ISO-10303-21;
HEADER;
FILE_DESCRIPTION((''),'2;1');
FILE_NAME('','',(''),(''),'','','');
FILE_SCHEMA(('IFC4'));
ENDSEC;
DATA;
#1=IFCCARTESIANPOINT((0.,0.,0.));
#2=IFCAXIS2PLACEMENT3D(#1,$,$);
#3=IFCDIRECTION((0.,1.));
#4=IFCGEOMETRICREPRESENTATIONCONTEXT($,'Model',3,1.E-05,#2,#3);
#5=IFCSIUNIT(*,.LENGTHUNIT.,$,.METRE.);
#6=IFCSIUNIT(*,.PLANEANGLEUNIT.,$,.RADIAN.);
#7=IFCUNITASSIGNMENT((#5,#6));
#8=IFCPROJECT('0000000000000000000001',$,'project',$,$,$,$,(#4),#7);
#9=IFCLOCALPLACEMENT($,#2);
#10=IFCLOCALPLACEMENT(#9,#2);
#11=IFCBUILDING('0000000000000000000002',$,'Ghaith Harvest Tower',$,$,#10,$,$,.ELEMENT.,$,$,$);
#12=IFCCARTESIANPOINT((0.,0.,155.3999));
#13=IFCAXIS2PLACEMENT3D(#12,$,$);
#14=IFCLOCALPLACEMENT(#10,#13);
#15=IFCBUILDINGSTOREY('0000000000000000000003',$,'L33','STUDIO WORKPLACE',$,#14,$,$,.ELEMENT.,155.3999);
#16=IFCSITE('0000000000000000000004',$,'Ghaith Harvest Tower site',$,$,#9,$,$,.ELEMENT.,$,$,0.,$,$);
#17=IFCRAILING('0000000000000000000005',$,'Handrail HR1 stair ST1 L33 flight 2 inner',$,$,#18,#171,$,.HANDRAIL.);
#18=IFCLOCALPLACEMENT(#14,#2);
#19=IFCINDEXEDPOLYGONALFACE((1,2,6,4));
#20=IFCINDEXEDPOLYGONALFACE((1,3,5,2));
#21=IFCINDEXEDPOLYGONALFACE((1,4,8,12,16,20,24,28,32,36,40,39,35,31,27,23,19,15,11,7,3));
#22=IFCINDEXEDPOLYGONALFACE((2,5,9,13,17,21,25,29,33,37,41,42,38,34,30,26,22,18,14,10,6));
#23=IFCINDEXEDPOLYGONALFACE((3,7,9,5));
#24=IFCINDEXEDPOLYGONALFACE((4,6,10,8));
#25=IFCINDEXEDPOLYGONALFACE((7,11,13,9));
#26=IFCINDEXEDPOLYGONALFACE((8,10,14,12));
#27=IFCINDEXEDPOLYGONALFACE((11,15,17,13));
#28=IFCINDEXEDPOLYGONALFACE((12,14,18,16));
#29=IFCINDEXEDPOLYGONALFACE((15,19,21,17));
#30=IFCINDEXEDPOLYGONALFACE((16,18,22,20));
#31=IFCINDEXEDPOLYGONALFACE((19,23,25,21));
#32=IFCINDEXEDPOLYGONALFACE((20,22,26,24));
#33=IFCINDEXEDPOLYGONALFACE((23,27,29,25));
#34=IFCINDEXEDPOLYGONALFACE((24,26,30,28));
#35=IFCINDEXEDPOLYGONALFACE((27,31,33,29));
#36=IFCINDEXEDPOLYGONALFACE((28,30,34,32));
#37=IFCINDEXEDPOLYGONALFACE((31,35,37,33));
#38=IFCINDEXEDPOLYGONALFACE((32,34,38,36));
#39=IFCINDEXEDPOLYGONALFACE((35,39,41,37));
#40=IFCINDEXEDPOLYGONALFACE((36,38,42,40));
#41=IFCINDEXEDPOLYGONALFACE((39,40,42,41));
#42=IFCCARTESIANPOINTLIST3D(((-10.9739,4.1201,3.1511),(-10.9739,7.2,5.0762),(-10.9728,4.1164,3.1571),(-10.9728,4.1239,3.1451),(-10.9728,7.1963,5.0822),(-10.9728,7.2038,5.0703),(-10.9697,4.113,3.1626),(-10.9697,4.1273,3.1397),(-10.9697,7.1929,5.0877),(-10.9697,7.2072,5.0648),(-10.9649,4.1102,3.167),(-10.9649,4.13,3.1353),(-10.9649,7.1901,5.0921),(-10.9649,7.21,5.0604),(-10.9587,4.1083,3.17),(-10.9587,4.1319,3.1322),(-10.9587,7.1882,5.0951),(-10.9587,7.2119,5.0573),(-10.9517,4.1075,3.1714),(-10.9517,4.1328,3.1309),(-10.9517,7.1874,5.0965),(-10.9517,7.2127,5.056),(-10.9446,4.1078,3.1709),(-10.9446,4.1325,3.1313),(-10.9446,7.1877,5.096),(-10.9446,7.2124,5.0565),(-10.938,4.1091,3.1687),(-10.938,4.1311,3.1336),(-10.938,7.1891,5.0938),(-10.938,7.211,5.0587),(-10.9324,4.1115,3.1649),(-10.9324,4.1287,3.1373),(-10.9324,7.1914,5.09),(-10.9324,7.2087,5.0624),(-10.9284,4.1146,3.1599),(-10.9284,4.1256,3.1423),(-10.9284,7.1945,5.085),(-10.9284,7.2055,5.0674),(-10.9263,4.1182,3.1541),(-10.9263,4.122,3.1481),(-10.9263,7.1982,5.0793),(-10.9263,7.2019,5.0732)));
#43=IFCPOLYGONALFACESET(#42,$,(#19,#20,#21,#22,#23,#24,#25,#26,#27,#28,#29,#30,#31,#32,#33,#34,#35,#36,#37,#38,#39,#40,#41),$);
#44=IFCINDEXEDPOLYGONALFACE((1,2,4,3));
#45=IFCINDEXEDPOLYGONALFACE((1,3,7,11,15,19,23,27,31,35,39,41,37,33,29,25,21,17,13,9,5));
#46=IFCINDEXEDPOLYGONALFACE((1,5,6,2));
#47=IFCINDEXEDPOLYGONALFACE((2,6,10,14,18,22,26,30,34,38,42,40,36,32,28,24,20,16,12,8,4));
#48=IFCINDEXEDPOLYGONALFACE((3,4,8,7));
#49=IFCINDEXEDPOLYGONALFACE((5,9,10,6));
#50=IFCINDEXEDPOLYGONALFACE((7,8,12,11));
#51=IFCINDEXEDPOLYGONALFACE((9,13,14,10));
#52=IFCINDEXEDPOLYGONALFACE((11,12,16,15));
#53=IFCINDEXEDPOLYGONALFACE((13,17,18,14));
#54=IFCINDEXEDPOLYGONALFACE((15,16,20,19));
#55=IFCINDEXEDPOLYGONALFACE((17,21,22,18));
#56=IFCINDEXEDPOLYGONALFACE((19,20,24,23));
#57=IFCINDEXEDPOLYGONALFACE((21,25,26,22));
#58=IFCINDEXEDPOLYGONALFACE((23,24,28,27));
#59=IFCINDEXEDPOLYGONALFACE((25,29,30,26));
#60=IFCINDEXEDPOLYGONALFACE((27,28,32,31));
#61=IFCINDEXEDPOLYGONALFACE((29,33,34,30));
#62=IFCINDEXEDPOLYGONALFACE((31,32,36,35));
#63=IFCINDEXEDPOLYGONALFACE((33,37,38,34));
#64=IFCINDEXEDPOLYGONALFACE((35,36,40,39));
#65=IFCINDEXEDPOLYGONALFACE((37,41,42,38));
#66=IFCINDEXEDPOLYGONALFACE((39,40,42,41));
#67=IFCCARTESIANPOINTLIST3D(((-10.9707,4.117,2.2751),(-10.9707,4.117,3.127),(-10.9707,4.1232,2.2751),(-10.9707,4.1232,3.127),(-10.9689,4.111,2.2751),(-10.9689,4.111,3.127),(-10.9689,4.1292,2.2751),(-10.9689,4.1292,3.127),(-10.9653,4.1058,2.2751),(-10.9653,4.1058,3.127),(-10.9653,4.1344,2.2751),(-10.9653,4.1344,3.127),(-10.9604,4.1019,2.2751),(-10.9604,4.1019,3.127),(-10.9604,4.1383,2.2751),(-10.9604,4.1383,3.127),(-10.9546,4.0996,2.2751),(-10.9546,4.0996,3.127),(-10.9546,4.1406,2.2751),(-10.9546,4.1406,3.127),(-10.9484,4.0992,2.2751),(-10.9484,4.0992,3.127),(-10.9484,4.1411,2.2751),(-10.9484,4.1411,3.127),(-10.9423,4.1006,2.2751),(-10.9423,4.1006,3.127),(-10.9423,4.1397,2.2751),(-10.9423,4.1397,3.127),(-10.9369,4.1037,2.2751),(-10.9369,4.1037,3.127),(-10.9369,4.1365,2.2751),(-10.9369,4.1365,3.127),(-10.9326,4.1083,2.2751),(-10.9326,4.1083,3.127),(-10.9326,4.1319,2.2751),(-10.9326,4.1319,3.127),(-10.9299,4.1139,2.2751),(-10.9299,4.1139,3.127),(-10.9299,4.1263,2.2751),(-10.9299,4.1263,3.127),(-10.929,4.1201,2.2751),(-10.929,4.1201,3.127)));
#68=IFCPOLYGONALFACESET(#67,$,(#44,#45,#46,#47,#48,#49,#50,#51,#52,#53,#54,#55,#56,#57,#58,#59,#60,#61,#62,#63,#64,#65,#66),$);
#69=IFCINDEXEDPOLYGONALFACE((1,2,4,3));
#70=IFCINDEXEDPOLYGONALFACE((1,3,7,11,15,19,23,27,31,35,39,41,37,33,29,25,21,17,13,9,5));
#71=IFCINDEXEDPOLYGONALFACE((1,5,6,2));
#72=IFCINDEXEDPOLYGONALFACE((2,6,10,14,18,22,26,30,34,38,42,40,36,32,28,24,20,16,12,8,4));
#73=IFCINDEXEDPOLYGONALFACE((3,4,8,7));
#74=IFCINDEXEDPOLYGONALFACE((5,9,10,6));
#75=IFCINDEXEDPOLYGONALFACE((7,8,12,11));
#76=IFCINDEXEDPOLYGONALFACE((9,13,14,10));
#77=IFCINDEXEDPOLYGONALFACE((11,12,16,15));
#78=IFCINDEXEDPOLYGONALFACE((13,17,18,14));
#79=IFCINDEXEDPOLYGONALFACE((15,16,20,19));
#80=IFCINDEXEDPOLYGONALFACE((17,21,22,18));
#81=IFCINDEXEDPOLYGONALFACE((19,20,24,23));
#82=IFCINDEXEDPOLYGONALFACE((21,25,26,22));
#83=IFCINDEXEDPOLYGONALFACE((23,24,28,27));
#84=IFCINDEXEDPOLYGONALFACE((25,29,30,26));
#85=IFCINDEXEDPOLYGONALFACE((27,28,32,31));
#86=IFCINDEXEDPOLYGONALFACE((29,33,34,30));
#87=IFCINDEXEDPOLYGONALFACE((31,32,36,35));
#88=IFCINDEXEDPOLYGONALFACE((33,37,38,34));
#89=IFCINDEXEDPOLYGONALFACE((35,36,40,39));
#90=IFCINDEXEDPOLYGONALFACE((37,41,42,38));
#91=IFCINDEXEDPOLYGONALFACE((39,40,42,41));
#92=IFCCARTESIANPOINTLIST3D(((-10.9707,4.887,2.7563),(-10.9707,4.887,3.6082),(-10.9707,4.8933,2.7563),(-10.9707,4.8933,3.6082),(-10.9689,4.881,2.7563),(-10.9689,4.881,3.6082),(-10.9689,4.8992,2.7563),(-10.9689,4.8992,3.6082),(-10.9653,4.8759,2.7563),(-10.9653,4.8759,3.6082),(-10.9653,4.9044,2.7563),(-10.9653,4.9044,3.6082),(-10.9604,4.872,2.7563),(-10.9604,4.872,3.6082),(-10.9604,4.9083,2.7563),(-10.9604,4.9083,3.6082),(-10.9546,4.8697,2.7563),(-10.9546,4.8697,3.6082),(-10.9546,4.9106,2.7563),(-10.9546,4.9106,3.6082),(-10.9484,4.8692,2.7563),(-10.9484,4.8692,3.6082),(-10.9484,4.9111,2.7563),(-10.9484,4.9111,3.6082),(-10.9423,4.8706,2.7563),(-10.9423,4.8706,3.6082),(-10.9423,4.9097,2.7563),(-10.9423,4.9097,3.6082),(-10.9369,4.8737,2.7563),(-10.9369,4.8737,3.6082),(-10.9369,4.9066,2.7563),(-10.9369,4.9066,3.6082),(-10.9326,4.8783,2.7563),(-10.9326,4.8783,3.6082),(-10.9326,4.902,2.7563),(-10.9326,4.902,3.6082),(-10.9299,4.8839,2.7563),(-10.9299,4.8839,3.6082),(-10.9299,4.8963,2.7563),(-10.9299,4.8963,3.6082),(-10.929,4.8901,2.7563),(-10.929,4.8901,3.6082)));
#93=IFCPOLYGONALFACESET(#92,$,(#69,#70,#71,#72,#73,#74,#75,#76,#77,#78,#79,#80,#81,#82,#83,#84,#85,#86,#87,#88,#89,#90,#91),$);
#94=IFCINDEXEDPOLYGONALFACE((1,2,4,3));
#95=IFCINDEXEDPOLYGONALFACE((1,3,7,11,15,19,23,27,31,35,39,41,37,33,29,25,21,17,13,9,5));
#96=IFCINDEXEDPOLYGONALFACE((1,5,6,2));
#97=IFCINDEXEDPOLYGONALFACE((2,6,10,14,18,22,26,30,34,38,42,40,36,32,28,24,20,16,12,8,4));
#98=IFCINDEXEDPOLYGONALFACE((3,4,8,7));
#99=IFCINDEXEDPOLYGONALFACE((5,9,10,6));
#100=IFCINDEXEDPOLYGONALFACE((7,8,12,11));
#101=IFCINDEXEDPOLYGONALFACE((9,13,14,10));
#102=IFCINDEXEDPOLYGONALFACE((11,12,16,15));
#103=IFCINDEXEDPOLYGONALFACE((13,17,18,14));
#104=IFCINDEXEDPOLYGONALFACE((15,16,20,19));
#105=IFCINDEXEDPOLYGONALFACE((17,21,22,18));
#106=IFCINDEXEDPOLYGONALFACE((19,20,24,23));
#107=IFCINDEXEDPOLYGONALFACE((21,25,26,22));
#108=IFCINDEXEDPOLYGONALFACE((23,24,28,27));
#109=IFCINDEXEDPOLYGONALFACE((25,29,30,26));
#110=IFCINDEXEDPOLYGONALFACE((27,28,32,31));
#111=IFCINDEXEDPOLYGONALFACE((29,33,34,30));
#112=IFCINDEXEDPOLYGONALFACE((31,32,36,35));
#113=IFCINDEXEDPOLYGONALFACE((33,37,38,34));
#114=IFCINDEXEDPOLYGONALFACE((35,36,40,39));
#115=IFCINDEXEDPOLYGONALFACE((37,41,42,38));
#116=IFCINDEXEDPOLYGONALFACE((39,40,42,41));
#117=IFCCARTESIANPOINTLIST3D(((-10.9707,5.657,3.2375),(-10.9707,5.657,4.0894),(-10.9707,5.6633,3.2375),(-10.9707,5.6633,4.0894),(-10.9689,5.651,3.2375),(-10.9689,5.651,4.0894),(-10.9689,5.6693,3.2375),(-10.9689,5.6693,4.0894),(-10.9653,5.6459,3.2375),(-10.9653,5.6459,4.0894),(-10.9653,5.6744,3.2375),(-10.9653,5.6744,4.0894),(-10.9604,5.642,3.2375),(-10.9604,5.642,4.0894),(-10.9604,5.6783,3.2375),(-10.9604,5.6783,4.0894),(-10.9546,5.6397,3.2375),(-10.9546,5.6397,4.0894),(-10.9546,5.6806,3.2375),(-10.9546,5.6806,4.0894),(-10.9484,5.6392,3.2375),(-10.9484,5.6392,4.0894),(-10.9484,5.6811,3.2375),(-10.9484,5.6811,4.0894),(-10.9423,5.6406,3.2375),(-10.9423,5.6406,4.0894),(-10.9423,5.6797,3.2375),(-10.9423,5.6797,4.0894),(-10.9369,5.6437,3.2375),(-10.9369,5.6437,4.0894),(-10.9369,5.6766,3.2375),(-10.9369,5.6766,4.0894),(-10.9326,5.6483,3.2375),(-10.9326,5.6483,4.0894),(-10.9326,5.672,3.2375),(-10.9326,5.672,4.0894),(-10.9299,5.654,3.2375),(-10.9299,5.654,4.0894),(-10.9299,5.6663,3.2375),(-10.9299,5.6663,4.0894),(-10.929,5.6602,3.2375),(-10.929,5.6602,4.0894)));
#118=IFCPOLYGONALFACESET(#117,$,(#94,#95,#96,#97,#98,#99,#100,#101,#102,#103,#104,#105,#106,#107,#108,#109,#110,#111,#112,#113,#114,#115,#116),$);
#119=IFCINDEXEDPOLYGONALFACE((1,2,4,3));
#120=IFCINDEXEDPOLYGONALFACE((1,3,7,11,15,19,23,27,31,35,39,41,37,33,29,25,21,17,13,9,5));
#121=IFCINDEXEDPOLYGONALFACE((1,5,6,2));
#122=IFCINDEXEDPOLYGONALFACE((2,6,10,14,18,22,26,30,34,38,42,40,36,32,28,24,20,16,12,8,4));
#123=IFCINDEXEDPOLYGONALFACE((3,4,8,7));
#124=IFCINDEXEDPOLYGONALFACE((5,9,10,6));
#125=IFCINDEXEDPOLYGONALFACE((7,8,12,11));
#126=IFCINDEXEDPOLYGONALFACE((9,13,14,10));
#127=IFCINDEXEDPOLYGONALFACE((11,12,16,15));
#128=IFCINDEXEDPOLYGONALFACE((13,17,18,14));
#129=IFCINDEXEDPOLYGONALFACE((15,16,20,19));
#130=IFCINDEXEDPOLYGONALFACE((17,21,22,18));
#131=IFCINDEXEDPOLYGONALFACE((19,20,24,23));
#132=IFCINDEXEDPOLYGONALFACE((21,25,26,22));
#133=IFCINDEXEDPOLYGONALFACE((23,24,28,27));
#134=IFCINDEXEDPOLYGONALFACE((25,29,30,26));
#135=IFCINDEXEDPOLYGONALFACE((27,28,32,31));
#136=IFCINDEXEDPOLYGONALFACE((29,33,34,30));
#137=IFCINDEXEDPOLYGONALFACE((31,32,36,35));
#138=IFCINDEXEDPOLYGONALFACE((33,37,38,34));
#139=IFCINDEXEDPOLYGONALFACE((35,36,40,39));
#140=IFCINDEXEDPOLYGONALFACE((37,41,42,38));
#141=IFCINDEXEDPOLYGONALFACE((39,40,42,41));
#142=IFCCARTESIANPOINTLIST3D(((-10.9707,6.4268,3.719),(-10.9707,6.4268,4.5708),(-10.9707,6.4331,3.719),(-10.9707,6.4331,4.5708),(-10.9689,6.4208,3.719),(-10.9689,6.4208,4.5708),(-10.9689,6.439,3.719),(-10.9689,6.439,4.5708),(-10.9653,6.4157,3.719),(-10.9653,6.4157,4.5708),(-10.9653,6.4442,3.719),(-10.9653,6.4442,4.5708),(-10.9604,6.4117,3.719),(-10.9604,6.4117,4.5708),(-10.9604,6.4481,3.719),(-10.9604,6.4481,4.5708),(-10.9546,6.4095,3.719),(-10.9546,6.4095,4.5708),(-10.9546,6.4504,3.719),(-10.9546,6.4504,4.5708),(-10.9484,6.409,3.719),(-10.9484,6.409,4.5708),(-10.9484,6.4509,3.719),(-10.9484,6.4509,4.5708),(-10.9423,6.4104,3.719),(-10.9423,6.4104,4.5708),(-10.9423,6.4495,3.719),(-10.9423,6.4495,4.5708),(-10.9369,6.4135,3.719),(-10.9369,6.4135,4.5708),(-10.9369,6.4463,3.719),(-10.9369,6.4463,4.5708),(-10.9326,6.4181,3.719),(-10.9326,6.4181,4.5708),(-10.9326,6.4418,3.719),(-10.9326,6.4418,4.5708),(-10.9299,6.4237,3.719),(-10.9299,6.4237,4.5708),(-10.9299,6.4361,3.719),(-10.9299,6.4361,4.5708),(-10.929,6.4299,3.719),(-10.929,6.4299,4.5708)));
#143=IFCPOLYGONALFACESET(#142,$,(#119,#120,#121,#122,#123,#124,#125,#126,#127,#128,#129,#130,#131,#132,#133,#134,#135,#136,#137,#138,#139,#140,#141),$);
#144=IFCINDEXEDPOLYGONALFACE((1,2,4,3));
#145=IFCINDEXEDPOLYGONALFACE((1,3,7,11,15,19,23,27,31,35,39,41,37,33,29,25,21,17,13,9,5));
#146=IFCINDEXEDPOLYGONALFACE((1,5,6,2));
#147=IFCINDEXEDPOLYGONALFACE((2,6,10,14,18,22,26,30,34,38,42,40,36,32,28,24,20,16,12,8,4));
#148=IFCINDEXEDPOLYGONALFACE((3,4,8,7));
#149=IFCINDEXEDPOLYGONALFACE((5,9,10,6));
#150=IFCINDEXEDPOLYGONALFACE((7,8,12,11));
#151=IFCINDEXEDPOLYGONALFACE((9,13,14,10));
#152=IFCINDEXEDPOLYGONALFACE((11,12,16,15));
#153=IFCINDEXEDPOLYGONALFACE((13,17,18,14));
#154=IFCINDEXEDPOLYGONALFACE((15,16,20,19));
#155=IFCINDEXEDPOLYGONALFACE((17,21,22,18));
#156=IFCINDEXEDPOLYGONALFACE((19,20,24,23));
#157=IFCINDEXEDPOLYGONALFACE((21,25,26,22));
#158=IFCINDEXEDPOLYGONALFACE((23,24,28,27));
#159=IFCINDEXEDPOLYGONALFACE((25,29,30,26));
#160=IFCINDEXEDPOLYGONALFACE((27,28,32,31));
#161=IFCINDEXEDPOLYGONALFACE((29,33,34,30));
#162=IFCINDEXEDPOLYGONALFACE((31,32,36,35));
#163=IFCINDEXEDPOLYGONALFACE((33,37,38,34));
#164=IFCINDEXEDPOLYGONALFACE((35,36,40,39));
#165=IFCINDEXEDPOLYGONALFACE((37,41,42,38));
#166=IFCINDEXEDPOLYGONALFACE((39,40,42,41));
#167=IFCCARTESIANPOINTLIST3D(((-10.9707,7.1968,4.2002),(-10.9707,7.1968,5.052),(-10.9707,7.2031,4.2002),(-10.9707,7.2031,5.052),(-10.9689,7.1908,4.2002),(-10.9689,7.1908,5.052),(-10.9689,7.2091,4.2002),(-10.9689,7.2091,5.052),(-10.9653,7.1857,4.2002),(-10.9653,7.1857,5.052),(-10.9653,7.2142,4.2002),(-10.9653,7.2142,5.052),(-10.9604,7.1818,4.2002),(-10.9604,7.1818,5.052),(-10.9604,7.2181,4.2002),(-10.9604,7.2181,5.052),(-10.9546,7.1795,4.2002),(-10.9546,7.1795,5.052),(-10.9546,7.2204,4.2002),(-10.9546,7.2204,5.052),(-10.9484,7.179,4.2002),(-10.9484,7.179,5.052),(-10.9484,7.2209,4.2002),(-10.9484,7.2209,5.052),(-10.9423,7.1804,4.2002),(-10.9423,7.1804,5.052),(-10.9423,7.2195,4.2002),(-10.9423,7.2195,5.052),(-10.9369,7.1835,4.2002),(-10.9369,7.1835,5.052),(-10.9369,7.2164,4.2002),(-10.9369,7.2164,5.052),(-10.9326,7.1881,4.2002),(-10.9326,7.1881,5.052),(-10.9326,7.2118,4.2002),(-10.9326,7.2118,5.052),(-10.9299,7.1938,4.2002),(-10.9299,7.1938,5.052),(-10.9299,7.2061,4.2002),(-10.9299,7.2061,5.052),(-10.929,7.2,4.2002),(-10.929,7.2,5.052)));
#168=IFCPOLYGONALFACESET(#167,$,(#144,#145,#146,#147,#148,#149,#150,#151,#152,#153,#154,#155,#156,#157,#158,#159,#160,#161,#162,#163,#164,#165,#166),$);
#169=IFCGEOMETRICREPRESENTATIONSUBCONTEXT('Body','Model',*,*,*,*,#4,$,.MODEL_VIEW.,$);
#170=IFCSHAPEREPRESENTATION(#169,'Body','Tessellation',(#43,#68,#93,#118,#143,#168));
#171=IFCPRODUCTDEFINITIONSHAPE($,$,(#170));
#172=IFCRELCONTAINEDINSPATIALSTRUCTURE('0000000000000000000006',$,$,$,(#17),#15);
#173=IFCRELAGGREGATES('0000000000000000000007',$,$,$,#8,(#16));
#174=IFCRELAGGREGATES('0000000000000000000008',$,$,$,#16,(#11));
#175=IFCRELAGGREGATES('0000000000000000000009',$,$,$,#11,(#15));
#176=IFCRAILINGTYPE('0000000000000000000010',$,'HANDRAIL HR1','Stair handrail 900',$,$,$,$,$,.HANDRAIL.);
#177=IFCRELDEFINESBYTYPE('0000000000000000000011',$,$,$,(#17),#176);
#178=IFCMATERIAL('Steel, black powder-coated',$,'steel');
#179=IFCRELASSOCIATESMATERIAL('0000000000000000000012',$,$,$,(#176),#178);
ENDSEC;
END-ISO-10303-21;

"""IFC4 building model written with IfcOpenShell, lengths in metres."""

from ifc_helpers import new_model, si_unit, direction, frame, origin, origin_2d, place, context, subcontext, project, spatial, circle, extrude, material, type_object, element, save


model = new_model("IFC4")

# Units and contexts
model_context = context("Model", 3, precision=1e-05, world=origin(), true_north=direction((0.0, 1.0)))
body_context = subcontext(model_context, "Body", "Model", "MODEL_VIEW")
ifc_project = project(units=[si_unit("LENGTHUNIT", "METRE"), si_unit("PLANEANGLEUNIT", "RADIAN")], contexts=[model_context])

# Site, building, storey
site_placement = place(None, origin())
site = spatial("IfcSite", under=ifc_project, at=site_placement, Name="Ghaith Harvest Tower site", CompositionType="ELEMENT", RefElevation=0.0)
building_placement = place(site_placement, origin())
building = spatial("IfcBuilding", under=site, at=building_placement, Name="Ghaith Harvest Tower", CompositionType="ELEMENT")
storey_placement = place(building_placement, frame((0.0, 0.0, 155.3999)))
storey = spatial("IfcBuildingStorey", under=building, at=storey_placement, Name="L33", Description="STUDIO WORKPLACE", CompositionType="ELEMENT", Elevation=155.3999)

# Railing
ifc_material_1 = material(Name="Steel, black powder-coated", Category="steel")
railing_type = type_object("IfcRailingType", Name="HANDRAIL HR1", Description="Stair handrail 900", PredefinedType="HANDRAIL", material=ifc_material_1)
railing_1_placement = place(storey_placement, frame((-10.95, 4.1201, 2.2751)))
element("IfcRailing", 1, at=railing_1_placement, inside=storey, type_object=railing_type, Name="Handrail HR1 stair ST1 L33 flight 2 inner", PredefinedType="HANDRAIL", context=body_context, shape_type="SweptSolid", body=[
    extrude(circle(Radius=0.0239, at=origin_2d()), frame((0.0, 0.0, 0.876), z_axis=(0.0, 0.847979, 0.530029), x_axis=(-1.0, 0.0, 0.0)), (0.0, 0.0, 1.0), 3.6321),
    extrude(circle(Radius=0.021, at=origin_2d()), origin(), (0.0, 0.0, 1.0), 0.8518),
    extrude(circle(Radius=0.021, at=origin_2d()), frame((0.0, 0.77, 0.4812)), (0.0, 0.0, 1.0), 0.8518),
    extrude(circle(Radius=0.021, at=origin_2d()), frame((0.0, 1.54, 0.9624)), (0.0, 0.0, 1.0), 0.8518),
    extrude(circle(Radius=0.021, at=origin_2d()), frame((0.0, 2.3098, 1.4438)), (0.0, 0.0, 1.0), 0.8518),
    extrude(circle(Radius=0.021, at=origin_2d()), frame((0.0, 3.0798, 1.925)), (0.0, 0.0, 1.0), 0.8518),
])

save(model, "model.ifc")
